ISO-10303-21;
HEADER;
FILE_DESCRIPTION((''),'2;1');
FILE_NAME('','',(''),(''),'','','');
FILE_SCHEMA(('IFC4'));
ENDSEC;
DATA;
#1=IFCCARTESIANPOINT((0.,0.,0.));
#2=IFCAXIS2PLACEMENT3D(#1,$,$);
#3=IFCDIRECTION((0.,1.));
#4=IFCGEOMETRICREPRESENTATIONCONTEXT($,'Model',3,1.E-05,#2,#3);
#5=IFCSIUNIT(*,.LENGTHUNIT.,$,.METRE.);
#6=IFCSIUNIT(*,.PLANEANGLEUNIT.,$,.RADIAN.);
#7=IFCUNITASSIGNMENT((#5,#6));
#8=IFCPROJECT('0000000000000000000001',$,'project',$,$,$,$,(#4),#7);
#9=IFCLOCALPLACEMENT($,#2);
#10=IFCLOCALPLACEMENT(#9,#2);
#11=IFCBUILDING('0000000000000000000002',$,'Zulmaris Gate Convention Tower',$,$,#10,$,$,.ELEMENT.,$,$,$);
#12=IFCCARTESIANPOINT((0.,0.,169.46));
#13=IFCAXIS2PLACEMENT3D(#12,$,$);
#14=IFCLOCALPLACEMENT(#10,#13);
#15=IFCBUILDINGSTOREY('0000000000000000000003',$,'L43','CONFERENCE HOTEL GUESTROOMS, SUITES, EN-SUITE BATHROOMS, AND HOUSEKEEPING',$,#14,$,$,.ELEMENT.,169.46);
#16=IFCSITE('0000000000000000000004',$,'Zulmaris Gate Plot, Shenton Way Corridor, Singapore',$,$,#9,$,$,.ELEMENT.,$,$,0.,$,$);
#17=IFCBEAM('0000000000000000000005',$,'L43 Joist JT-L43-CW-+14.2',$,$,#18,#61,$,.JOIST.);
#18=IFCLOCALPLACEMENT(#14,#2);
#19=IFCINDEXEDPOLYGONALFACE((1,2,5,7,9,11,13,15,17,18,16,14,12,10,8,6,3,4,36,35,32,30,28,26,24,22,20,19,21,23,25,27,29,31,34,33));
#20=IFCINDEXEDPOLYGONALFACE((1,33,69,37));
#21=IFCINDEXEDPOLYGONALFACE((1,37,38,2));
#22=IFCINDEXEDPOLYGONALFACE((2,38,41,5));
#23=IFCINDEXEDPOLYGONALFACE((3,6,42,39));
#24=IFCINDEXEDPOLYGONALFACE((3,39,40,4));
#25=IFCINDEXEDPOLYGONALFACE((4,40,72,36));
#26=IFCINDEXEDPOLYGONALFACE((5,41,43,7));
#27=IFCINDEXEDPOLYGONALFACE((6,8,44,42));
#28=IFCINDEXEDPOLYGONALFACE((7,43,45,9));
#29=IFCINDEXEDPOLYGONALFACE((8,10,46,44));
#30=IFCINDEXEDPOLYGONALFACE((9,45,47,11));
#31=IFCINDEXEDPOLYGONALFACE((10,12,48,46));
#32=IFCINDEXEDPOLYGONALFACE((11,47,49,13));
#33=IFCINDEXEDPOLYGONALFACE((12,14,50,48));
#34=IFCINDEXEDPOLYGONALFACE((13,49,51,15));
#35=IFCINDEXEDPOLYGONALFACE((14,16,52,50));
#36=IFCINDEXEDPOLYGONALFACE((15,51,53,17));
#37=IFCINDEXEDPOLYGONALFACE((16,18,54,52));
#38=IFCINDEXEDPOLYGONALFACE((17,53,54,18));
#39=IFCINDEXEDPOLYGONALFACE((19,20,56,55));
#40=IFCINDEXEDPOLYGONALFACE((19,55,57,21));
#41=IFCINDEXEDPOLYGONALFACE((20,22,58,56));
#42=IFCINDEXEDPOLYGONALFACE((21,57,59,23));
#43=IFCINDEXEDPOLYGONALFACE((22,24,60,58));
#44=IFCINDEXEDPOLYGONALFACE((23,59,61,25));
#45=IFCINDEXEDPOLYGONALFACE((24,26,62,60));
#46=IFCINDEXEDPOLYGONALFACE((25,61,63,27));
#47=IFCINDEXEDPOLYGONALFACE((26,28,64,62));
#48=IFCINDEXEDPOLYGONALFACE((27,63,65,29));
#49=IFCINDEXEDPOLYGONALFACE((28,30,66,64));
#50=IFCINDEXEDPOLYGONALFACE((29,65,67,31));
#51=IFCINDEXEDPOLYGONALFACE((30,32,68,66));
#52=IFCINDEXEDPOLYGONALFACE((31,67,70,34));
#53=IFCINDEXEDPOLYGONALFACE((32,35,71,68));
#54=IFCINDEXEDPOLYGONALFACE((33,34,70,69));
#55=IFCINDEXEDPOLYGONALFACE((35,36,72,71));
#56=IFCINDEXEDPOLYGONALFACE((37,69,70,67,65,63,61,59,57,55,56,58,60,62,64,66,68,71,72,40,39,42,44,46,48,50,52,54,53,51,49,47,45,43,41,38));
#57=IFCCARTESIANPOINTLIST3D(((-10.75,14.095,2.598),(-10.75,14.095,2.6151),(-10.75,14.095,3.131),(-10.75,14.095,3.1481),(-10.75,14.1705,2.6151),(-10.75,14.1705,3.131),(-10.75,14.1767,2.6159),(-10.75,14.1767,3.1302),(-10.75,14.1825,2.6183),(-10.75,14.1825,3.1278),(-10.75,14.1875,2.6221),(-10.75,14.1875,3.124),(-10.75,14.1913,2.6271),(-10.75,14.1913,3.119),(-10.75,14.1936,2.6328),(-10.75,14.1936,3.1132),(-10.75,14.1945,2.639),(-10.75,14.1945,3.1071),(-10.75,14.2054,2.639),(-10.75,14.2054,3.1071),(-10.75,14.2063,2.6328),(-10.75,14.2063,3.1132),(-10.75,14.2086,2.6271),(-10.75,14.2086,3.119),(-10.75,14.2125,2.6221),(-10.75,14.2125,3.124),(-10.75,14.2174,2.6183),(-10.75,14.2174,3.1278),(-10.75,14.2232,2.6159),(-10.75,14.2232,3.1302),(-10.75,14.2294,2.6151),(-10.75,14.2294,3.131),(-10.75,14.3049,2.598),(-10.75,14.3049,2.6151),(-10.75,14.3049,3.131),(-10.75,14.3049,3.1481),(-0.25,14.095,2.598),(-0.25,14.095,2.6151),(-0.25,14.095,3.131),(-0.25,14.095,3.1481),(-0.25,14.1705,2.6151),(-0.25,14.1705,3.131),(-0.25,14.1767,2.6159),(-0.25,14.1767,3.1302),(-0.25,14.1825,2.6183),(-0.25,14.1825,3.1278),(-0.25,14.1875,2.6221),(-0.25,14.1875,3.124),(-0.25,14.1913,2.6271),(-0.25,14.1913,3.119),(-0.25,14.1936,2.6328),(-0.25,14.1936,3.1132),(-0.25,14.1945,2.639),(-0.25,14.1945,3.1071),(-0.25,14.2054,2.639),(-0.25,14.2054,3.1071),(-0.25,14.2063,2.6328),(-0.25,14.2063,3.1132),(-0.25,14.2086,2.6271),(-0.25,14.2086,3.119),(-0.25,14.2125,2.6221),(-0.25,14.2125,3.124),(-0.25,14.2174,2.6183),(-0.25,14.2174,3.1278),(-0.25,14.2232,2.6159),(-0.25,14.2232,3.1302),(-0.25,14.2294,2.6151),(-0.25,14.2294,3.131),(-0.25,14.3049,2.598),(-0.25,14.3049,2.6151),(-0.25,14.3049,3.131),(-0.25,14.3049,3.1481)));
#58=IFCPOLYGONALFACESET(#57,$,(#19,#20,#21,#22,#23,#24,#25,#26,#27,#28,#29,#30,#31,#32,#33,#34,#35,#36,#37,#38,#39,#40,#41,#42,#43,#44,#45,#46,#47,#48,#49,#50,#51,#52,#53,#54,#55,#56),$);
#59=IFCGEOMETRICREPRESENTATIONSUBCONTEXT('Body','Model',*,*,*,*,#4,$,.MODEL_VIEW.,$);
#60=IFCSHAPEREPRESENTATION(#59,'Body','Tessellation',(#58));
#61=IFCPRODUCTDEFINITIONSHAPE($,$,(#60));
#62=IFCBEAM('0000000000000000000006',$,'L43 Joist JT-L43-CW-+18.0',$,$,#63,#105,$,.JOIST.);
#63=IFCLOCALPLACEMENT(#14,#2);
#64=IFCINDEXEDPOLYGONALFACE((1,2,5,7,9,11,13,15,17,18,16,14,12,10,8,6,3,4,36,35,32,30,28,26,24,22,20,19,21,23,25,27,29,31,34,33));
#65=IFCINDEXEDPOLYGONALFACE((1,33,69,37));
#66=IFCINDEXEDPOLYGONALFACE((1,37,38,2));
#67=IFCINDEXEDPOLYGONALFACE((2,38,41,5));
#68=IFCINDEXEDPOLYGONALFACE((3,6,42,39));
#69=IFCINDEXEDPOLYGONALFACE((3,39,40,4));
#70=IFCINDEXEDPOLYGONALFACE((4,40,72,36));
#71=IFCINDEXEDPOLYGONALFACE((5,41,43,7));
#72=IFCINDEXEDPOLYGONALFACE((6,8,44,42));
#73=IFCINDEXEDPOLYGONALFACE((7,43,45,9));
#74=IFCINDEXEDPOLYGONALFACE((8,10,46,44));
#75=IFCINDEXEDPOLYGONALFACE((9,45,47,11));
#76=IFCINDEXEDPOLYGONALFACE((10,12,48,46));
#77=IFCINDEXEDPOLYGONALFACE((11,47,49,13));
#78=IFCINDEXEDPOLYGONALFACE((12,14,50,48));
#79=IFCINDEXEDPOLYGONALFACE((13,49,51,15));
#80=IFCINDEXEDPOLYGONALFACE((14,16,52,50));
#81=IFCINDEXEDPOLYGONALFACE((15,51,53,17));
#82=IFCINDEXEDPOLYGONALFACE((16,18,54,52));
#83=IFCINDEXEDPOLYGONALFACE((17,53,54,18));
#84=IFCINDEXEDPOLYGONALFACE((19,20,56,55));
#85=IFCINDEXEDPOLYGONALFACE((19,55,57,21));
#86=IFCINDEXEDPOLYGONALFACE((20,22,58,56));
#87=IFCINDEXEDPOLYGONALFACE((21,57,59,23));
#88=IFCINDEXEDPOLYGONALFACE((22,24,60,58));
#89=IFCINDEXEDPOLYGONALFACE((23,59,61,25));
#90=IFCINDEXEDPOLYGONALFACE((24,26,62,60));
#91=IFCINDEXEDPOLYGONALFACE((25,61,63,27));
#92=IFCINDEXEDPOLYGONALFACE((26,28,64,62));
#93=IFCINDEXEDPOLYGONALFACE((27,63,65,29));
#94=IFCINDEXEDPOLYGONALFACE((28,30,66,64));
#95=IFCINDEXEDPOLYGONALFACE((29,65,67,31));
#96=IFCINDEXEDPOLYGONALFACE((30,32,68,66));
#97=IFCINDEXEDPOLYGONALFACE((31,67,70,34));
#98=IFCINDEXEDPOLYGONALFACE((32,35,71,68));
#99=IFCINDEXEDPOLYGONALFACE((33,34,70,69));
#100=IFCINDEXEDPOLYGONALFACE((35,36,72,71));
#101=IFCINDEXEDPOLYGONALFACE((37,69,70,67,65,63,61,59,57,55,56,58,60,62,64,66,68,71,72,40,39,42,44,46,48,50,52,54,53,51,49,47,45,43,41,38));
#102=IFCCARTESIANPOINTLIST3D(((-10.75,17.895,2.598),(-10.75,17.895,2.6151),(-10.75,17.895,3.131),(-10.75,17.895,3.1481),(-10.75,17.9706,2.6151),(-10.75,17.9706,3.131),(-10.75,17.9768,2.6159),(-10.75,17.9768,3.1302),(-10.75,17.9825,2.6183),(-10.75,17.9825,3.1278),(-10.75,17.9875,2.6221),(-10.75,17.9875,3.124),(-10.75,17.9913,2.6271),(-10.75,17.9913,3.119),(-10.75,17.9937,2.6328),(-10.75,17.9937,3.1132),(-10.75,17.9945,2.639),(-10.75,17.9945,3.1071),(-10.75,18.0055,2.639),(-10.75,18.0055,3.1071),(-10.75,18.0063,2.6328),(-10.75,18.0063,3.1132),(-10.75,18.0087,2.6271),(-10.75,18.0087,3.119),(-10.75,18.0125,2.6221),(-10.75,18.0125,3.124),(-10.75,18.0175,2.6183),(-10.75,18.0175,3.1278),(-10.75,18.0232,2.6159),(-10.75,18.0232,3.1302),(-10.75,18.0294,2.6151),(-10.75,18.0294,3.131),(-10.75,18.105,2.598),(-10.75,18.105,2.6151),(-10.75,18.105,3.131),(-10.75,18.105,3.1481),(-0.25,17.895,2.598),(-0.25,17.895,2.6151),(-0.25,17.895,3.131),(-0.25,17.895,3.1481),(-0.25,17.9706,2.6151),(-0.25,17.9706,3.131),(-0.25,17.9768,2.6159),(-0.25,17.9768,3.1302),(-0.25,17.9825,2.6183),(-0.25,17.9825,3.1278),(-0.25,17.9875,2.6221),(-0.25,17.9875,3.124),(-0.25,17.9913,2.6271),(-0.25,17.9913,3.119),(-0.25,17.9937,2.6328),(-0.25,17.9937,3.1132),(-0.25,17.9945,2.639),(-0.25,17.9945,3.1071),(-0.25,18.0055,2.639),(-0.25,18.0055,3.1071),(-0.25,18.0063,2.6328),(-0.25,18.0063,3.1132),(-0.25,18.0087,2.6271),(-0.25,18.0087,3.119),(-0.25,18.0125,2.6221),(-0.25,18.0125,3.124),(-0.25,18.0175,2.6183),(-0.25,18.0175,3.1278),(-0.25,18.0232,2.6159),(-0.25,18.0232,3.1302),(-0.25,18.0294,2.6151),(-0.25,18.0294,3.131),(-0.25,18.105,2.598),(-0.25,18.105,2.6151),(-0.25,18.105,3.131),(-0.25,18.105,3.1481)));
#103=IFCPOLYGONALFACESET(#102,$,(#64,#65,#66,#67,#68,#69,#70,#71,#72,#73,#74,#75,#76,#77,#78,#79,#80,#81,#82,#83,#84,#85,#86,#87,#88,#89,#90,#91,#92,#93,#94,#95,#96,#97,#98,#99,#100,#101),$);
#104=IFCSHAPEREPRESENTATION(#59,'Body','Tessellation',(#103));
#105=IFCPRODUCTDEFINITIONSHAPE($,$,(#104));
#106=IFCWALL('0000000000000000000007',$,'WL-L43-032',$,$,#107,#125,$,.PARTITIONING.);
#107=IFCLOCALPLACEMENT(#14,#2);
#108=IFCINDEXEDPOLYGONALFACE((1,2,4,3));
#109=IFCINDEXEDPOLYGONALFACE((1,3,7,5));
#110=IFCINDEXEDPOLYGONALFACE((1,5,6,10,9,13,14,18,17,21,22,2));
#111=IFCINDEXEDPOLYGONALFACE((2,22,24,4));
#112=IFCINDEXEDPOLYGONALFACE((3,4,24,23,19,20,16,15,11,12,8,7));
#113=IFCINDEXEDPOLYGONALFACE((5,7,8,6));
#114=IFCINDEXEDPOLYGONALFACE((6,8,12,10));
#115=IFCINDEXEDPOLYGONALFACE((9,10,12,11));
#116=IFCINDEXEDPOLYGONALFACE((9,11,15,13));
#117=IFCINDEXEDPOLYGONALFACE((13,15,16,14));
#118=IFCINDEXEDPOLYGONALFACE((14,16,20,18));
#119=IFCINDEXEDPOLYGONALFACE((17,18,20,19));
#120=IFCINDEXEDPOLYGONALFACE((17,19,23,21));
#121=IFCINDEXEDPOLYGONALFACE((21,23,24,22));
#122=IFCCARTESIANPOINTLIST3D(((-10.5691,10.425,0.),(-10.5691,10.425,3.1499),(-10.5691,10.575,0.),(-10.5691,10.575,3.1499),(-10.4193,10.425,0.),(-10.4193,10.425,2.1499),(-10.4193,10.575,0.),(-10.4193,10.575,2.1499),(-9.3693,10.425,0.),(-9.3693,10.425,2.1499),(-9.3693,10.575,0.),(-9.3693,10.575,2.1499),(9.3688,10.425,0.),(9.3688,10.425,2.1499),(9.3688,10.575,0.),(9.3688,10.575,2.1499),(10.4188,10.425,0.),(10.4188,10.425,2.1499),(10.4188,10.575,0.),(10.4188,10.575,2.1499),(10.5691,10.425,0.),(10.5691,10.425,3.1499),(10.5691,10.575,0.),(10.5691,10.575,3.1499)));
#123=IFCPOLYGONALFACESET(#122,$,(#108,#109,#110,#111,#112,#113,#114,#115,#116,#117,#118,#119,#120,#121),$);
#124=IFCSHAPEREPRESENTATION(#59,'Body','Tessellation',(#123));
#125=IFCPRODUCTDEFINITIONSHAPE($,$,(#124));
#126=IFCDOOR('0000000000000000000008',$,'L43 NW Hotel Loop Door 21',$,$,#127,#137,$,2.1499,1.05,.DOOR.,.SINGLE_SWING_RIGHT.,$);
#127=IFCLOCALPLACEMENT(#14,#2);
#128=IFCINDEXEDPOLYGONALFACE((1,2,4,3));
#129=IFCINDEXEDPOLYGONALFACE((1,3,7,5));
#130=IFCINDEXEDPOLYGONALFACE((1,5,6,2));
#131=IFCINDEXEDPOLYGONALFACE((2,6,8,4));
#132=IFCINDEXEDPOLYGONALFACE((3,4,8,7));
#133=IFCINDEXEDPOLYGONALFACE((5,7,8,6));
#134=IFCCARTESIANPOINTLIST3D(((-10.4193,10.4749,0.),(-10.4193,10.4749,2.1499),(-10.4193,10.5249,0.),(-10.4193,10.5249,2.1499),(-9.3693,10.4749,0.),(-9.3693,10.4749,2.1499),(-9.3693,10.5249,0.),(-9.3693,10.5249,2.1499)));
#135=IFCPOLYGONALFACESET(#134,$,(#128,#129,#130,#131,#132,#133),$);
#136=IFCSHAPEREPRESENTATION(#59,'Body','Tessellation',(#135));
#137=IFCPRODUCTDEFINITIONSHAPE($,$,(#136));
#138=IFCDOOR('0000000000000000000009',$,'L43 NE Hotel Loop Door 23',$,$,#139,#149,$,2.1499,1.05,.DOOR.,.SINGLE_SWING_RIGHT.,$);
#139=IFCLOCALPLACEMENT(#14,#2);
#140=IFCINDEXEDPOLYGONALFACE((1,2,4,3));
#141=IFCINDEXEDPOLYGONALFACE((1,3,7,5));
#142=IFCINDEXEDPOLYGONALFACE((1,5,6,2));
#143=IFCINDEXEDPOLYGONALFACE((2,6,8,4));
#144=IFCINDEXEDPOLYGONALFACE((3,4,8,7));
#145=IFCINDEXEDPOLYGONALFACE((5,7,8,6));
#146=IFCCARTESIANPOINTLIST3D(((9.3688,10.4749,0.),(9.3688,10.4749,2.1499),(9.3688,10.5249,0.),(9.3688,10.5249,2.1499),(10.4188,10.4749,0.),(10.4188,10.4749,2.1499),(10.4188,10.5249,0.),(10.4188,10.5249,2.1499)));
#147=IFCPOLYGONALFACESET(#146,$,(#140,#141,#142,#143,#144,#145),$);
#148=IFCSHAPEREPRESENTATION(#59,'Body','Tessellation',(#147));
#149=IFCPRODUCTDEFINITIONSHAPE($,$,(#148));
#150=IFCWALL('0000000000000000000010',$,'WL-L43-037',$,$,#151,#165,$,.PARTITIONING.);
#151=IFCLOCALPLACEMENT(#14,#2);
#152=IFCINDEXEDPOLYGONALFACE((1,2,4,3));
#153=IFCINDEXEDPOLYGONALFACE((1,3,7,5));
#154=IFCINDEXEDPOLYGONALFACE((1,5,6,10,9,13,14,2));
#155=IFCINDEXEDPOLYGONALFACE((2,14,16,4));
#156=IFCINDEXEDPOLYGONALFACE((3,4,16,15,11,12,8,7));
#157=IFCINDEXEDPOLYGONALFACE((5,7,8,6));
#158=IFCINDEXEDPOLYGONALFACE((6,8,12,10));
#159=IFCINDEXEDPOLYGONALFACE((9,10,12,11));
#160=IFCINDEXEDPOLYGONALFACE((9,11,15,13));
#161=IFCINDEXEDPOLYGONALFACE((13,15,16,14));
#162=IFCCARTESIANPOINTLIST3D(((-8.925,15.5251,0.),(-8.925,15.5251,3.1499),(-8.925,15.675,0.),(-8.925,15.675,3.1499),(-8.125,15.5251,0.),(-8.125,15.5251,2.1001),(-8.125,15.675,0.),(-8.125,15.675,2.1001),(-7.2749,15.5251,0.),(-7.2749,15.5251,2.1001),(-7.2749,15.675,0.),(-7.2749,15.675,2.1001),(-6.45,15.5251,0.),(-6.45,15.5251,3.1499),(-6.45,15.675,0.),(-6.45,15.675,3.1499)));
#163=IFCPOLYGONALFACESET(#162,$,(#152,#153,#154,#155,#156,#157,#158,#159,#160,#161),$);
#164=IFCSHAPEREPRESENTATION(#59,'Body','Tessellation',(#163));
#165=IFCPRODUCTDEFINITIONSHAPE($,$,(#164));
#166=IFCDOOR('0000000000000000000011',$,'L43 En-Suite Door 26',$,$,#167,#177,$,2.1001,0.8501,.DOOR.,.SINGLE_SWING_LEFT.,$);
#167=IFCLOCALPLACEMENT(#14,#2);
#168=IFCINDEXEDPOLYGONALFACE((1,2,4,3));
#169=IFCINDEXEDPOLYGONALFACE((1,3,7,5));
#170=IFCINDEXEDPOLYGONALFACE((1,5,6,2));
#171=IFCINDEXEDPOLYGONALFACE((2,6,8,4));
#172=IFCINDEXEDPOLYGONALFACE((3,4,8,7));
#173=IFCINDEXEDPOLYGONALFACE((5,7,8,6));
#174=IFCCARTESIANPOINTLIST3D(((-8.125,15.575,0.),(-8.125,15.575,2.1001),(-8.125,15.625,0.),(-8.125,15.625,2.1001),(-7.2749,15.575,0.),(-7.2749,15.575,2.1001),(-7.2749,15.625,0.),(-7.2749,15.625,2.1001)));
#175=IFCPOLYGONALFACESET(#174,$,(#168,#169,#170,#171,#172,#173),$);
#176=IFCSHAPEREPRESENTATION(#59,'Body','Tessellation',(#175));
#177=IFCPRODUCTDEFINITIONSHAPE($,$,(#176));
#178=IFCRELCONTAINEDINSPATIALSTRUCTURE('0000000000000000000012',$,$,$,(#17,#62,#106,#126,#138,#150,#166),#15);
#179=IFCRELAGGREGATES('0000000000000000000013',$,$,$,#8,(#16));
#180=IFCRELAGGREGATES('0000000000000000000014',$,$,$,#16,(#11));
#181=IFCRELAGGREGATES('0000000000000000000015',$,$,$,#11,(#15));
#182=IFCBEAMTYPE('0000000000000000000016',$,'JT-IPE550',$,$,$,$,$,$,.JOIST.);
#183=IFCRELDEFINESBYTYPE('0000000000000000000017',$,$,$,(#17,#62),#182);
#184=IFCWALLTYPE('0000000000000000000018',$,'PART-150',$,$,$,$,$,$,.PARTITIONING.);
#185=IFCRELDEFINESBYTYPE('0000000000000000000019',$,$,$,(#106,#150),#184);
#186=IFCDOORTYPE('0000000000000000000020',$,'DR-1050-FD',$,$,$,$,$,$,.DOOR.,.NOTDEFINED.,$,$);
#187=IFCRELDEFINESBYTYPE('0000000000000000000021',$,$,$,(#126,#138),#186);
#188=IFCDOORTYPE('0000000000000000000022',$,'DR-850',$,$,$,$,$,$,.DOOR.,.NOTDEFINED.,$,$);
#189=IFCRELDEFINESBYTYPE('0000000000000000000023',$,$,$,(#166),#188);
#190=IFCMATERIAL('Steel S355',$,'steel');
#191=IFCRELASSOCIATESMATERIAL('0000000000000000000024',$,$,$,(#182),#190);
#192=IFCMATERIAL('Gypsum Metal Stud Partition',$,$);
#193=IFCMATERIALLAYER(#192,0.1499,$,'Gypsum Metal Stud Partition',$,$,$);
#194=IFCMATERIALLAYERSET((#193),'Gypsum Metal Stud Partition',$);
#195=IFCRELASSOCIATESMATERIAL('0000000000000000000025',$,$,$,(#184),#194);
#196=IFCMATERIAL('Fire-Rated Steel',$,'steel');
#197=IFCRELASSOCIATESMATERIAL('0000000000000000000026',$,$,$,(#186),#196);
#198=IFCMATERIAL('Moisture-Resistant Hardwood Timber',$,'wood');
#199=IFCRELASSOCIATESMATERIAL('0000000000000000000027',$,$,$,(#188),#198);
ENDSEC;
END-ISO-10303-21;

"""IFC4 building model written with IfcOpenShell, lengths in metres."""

from ifc_helpers import new_model, si_unit, direction, frame, frame_2d, origin, origin_2d, place, context, subcontext, project, spatial, rectangle, i_section, extrude, material, layer, layer_set, material_profile, profile_set, type_object, element, fill, save


model = new_model("IFC4")

# Units and contexts
model_context = context("Model", 3, precision=1e-05, world=origin(), true_north=direction((0.0, 1.0)))
body_context = subcontext(model_context, "Body", "Model", "MODEL_VIEW")
ifc_project = project(units=[si_unit("LENGTHUNIT", "METRE"), si_unit("PLANEANGLEUNIT", "RADIAN")], contexts=[model_context])

# Site, building, storey
site_placement = place(None, origin())
site = spatial("IfcSite", under=ifc_project, at=site_placement, Name="Zulmaris Gate Plot, Shenton Way Corridor, Singapore", CompositionType="ELEMENT", RefElevation=0.0)
building_placement = place(site_placement, origin())
building = spatial("IfcBuilding", under=site, at=building_placement, Name="Zulmaris Gate Convention Tower", CompositionType="ELEMENT")
storey_placement = place(building_placement, frame((0.0, 0.0, 169.46)))
storey = spatial("IfcBuildingStorey", under=building, at=storey_placement, Name="L43", Description="CONFERENCE HOTEL GUESTROOMS, SUITES, EN-SUITE BATHROOMS, AND HOUSEKEEPING", CompositionType="ELEMENT", Elevation=169.46)

# Beams
ifc_material_1 = material(Name="Steel S355", Category="steel")
ifc_material_profile_1 = material_profile(ifc_material_1, i_section(OverallWidth=0.21, OverallDepth=0.55, WebThickness=0.011, FlangeThickness=0.0171, FilletRadius=0.0239, at=origin_2d()), Name="IPE 550")
ifc_profile_set_1 = profile_set([ifc_material_profile_1], Name="Steel S355")
beam_type_1 = type_object("IfcBeamType", Name="JT-IPE550", PredefinedType="JOIST", material=ifc_profile_set_1)
for number, where, z_axis, x_axis, name in (
    (1, (-10.75, 14.2, 2.873), (1.0, 0.0, 0.0), (0.0, 1.0, 0.0), "L43 Joist JT-L43-CW-+14.2"),
    (2, (-10.75, 18.0, 2.873), (1.0, 0.0, 0.0), (0.0, 1.0, 0.0), "L43 Joist JT-L43-CW-+18.0"),
):
    element("IfcBeam", number, at=place(storey_placement, frame(where, z_axis=z_axis, x_axis=x_axis)), inside=storey, type_object=beam_type_1, Name=name, PredefinedType="JOIST", context=body_context, shape_type="SweptSolid", body=[
        extrude(i_section(OverallWidth=0.21, OverallDepth=0.55, WebThickness=0.011, FlangeThickness=0.0171, FilletRadius=0.0239, at=origin_2d()), origin(), (0.0, 0.0, 1.0), 10.5),
    ])

# Wall, openings, doors
ifc_material_2 = material(Name="Gypsum Metal Stud Partition")
ifc_layer_1 = layer(ifc_material_2, 0.1499, Name="Gypsum Metal Stud Partition")
ifc_layer_set_1 = layer_set([ifc_layer_1], Name="Gypsum Metal Stud Partition")
wall_type_1 = type_object("IfcWallType", Name="PART-150", PredefinedType="PARTITIONING", material=ifc_layer_set_1)
wall_1_placement = place(storey_placement, frame((-10.5691, 10.5, 0.0), z_axis=(0.0, 0.0, 1.0), x_axis=(1.0, 0.0, 0.0)))
wall_1 = element("IfcWall", 3, at=wall_1_placement, inside=storey, type_object=wall_type_1, Name="WL-L43-032", PredefinedType="PARTITIONING", context=body_context, shape_type="SweptSolid", body=[
    extrude(rectangle(XDim=21.1382, YDim=0.1499, at=frame_2d((10.5691, 0.0))), origin(), (0.0, 0.0, 1.0), 3.1499),
])
opening_1_placement = place(wall_1_placement, frame((0.1499, 0.0, 0.0)))
opening_1 = element("IfcOpeningElement", 4, at=opening_1_placement, cuts=wall_1, PredefinedType="OPENING", context=body_context, shape_type="SweptSolid", body=[
    extrude(rectangle(XDim=1.05, YDim=2.1499, at=frame_2d((0.5249, 1.075))), frame((0.0, 0.085, 0.0), z_axis=(0.0, -1.0, 0.0), x_axis=(1.0, 0.0, 0.0)), (0.0, 0.0, 1.0), 0.1699),
])
opening_2_placement = place(wall_1_placement, frame((19.938, 0.0, 0.0)))
opening_2 = element("IfcOpeningElement", 5, at=opening_2_placement, cuts=wall_1, PredefinedType="OPENING", context=body_context, shape_type="SweptSolid", body=[
    extrude(rectangle(XDim=1.05, YDim=2.1499, at=frame_2d((0.5249, 1.075))), frame((0.0, 0.085, 0.0), z_axis=(0.0, -1.0, 0.0), x_axis=(1.0, 0.0, 0.0)), (0.0, 0.0, 1.0), 0.1699),
])
ifc_material_3 = material(Name="Fire-Rated Steel", Category="steel")
door_type_1 = type_object("IfcDoorType", Name="DR-1050-FD", OperationType="NOTDEFINED", PredefinedType="DOOR", material=ifc_material_3)
door_1_placement = place(opening_1_placement, origin())
door_1 = element("IfcDoor", 6, at=door_1_placement, inside=storey, type_object=door_type_1, Name="L43 NW Hotel Loop Door 21", OperationType="SINGLE_SWING_RIGHT", OverallHeight=2.1499, OverallWidth=1.05, PredefinedType="DOOR", context=body_context, shape_type="SweptSolid", body=[
    extrude(rectangle(XDim=1.05, YDim=2.1499, at=frame_2d((0.5249, 1.075))), frame((0.0, 0.0249, 0.0), z_axis=(0.0, -1.0, 0.0), x_axis=(1.0, 0.0, 0.0)), (0.0, 0.0, 1.0), 0.05),
])
fill(opening_1, door_1)
door_2_placement = place(opening_2_placement, origin())
door_2 = element("IfcDoor", 7, at=door_2_placement, inside=storey, type_object=door_type_1, Name="L43 NE Hotel Loop Door 23", OperationType="SINGLE_SWING_RIGHT", OverallHeight=2.1499, OverallWidth=1.05, PredefinedType="DOOR", context=body_context, shape_type="SweptSolid", body=[
    extrude(rectangle(XDim=1.05, YDim=2.1499, at=frame_2d((0.5249, 1.075))), frame((0.0, 0.0249, 0.0), z_axis=(0.0, -1.0, 0.0), x_axis=(1.0, 0.0, 0.0)), (0.0, 0.0, 1.0), 0.05),
])
fill(opening_2, door_2)

# Wall, opening, door
wall_2_placement = place(storey_placement, frame((-8.925, 15.6001, 0.0), z_axis=(0.0, 0.0, 1.0), x_axis=(1.0, 0.0, 0.0)))
wall_2 = element("IfcWall", 8, at=wall_2_placement, inside=storey, type_object=wall_type_1, Name="WL-L43-037", PredefinedType="PARTITIONING", context=body_context, shape_type="SweptSolid", body=[
    extrude(rectangle(XDim=2.4751, YDim=0.1499, at=frame_2d((1.2375, 0.0))), origin(), (0.0, 0.0, 1.0), 3.1499),
])
opening_3_placement = place(wall_2_placement, frame((0.8, 0.0, 0.0)))
opening_3 = element("IfcOpeningElement", 9, at=opening_3_placement, cuts=wall_2, PredefinedType="OPENING", context=body_context, shape_type="SweptSolid", body=[
    extrude(rectangle(XDim=0.8501, YDim=2.1001, at=frame_2d((0.425, 1.05))), frame((0.0, 0.085, 0.0), z_axis=(0.0, -1.0, 0.0), x_axis=(1.0, 0.0, 0.0)), (0.0, 0.0, 1.0), 0.1699),
])
ifc_material_4 = material(Name="Moisture-Resistant Hardwood Timber", Category="wood")
door_type_2 = type_object("IfcDoorType", Name="DR-850", OperationType="NOTDEFINED", PredefinedType="DOOR", material=ifc_material_4)
door_3_placement = place(opening_3_placement, origin())
door_3 = element("IfcDoor", 10, at=door_3_placement, inside=storey, type_object=door_type_2, Name="L43 En-Suite Door 26", OperationType="SINGLE_SWING_LEFT", OverallHeight=2.1001, OverallWidth=0.8501, PredefinedType="DOOR", context=body_context, shape_type="SweptSolid", body=[
    extrude(rectangle(XDim=0.8501, YDim=2.1001, at=frame_2d((0.425, 1.05))), frame((0.0, 0.0249, 0.0), z_axis=(0.0, -1.0, 0.0), x_axis=(1.0, 0.0, 0.0)), (0.0, 0.0, 1.0), 0.05),
])
fill(opening_3, door_3)

save(model, "model.ifc")
